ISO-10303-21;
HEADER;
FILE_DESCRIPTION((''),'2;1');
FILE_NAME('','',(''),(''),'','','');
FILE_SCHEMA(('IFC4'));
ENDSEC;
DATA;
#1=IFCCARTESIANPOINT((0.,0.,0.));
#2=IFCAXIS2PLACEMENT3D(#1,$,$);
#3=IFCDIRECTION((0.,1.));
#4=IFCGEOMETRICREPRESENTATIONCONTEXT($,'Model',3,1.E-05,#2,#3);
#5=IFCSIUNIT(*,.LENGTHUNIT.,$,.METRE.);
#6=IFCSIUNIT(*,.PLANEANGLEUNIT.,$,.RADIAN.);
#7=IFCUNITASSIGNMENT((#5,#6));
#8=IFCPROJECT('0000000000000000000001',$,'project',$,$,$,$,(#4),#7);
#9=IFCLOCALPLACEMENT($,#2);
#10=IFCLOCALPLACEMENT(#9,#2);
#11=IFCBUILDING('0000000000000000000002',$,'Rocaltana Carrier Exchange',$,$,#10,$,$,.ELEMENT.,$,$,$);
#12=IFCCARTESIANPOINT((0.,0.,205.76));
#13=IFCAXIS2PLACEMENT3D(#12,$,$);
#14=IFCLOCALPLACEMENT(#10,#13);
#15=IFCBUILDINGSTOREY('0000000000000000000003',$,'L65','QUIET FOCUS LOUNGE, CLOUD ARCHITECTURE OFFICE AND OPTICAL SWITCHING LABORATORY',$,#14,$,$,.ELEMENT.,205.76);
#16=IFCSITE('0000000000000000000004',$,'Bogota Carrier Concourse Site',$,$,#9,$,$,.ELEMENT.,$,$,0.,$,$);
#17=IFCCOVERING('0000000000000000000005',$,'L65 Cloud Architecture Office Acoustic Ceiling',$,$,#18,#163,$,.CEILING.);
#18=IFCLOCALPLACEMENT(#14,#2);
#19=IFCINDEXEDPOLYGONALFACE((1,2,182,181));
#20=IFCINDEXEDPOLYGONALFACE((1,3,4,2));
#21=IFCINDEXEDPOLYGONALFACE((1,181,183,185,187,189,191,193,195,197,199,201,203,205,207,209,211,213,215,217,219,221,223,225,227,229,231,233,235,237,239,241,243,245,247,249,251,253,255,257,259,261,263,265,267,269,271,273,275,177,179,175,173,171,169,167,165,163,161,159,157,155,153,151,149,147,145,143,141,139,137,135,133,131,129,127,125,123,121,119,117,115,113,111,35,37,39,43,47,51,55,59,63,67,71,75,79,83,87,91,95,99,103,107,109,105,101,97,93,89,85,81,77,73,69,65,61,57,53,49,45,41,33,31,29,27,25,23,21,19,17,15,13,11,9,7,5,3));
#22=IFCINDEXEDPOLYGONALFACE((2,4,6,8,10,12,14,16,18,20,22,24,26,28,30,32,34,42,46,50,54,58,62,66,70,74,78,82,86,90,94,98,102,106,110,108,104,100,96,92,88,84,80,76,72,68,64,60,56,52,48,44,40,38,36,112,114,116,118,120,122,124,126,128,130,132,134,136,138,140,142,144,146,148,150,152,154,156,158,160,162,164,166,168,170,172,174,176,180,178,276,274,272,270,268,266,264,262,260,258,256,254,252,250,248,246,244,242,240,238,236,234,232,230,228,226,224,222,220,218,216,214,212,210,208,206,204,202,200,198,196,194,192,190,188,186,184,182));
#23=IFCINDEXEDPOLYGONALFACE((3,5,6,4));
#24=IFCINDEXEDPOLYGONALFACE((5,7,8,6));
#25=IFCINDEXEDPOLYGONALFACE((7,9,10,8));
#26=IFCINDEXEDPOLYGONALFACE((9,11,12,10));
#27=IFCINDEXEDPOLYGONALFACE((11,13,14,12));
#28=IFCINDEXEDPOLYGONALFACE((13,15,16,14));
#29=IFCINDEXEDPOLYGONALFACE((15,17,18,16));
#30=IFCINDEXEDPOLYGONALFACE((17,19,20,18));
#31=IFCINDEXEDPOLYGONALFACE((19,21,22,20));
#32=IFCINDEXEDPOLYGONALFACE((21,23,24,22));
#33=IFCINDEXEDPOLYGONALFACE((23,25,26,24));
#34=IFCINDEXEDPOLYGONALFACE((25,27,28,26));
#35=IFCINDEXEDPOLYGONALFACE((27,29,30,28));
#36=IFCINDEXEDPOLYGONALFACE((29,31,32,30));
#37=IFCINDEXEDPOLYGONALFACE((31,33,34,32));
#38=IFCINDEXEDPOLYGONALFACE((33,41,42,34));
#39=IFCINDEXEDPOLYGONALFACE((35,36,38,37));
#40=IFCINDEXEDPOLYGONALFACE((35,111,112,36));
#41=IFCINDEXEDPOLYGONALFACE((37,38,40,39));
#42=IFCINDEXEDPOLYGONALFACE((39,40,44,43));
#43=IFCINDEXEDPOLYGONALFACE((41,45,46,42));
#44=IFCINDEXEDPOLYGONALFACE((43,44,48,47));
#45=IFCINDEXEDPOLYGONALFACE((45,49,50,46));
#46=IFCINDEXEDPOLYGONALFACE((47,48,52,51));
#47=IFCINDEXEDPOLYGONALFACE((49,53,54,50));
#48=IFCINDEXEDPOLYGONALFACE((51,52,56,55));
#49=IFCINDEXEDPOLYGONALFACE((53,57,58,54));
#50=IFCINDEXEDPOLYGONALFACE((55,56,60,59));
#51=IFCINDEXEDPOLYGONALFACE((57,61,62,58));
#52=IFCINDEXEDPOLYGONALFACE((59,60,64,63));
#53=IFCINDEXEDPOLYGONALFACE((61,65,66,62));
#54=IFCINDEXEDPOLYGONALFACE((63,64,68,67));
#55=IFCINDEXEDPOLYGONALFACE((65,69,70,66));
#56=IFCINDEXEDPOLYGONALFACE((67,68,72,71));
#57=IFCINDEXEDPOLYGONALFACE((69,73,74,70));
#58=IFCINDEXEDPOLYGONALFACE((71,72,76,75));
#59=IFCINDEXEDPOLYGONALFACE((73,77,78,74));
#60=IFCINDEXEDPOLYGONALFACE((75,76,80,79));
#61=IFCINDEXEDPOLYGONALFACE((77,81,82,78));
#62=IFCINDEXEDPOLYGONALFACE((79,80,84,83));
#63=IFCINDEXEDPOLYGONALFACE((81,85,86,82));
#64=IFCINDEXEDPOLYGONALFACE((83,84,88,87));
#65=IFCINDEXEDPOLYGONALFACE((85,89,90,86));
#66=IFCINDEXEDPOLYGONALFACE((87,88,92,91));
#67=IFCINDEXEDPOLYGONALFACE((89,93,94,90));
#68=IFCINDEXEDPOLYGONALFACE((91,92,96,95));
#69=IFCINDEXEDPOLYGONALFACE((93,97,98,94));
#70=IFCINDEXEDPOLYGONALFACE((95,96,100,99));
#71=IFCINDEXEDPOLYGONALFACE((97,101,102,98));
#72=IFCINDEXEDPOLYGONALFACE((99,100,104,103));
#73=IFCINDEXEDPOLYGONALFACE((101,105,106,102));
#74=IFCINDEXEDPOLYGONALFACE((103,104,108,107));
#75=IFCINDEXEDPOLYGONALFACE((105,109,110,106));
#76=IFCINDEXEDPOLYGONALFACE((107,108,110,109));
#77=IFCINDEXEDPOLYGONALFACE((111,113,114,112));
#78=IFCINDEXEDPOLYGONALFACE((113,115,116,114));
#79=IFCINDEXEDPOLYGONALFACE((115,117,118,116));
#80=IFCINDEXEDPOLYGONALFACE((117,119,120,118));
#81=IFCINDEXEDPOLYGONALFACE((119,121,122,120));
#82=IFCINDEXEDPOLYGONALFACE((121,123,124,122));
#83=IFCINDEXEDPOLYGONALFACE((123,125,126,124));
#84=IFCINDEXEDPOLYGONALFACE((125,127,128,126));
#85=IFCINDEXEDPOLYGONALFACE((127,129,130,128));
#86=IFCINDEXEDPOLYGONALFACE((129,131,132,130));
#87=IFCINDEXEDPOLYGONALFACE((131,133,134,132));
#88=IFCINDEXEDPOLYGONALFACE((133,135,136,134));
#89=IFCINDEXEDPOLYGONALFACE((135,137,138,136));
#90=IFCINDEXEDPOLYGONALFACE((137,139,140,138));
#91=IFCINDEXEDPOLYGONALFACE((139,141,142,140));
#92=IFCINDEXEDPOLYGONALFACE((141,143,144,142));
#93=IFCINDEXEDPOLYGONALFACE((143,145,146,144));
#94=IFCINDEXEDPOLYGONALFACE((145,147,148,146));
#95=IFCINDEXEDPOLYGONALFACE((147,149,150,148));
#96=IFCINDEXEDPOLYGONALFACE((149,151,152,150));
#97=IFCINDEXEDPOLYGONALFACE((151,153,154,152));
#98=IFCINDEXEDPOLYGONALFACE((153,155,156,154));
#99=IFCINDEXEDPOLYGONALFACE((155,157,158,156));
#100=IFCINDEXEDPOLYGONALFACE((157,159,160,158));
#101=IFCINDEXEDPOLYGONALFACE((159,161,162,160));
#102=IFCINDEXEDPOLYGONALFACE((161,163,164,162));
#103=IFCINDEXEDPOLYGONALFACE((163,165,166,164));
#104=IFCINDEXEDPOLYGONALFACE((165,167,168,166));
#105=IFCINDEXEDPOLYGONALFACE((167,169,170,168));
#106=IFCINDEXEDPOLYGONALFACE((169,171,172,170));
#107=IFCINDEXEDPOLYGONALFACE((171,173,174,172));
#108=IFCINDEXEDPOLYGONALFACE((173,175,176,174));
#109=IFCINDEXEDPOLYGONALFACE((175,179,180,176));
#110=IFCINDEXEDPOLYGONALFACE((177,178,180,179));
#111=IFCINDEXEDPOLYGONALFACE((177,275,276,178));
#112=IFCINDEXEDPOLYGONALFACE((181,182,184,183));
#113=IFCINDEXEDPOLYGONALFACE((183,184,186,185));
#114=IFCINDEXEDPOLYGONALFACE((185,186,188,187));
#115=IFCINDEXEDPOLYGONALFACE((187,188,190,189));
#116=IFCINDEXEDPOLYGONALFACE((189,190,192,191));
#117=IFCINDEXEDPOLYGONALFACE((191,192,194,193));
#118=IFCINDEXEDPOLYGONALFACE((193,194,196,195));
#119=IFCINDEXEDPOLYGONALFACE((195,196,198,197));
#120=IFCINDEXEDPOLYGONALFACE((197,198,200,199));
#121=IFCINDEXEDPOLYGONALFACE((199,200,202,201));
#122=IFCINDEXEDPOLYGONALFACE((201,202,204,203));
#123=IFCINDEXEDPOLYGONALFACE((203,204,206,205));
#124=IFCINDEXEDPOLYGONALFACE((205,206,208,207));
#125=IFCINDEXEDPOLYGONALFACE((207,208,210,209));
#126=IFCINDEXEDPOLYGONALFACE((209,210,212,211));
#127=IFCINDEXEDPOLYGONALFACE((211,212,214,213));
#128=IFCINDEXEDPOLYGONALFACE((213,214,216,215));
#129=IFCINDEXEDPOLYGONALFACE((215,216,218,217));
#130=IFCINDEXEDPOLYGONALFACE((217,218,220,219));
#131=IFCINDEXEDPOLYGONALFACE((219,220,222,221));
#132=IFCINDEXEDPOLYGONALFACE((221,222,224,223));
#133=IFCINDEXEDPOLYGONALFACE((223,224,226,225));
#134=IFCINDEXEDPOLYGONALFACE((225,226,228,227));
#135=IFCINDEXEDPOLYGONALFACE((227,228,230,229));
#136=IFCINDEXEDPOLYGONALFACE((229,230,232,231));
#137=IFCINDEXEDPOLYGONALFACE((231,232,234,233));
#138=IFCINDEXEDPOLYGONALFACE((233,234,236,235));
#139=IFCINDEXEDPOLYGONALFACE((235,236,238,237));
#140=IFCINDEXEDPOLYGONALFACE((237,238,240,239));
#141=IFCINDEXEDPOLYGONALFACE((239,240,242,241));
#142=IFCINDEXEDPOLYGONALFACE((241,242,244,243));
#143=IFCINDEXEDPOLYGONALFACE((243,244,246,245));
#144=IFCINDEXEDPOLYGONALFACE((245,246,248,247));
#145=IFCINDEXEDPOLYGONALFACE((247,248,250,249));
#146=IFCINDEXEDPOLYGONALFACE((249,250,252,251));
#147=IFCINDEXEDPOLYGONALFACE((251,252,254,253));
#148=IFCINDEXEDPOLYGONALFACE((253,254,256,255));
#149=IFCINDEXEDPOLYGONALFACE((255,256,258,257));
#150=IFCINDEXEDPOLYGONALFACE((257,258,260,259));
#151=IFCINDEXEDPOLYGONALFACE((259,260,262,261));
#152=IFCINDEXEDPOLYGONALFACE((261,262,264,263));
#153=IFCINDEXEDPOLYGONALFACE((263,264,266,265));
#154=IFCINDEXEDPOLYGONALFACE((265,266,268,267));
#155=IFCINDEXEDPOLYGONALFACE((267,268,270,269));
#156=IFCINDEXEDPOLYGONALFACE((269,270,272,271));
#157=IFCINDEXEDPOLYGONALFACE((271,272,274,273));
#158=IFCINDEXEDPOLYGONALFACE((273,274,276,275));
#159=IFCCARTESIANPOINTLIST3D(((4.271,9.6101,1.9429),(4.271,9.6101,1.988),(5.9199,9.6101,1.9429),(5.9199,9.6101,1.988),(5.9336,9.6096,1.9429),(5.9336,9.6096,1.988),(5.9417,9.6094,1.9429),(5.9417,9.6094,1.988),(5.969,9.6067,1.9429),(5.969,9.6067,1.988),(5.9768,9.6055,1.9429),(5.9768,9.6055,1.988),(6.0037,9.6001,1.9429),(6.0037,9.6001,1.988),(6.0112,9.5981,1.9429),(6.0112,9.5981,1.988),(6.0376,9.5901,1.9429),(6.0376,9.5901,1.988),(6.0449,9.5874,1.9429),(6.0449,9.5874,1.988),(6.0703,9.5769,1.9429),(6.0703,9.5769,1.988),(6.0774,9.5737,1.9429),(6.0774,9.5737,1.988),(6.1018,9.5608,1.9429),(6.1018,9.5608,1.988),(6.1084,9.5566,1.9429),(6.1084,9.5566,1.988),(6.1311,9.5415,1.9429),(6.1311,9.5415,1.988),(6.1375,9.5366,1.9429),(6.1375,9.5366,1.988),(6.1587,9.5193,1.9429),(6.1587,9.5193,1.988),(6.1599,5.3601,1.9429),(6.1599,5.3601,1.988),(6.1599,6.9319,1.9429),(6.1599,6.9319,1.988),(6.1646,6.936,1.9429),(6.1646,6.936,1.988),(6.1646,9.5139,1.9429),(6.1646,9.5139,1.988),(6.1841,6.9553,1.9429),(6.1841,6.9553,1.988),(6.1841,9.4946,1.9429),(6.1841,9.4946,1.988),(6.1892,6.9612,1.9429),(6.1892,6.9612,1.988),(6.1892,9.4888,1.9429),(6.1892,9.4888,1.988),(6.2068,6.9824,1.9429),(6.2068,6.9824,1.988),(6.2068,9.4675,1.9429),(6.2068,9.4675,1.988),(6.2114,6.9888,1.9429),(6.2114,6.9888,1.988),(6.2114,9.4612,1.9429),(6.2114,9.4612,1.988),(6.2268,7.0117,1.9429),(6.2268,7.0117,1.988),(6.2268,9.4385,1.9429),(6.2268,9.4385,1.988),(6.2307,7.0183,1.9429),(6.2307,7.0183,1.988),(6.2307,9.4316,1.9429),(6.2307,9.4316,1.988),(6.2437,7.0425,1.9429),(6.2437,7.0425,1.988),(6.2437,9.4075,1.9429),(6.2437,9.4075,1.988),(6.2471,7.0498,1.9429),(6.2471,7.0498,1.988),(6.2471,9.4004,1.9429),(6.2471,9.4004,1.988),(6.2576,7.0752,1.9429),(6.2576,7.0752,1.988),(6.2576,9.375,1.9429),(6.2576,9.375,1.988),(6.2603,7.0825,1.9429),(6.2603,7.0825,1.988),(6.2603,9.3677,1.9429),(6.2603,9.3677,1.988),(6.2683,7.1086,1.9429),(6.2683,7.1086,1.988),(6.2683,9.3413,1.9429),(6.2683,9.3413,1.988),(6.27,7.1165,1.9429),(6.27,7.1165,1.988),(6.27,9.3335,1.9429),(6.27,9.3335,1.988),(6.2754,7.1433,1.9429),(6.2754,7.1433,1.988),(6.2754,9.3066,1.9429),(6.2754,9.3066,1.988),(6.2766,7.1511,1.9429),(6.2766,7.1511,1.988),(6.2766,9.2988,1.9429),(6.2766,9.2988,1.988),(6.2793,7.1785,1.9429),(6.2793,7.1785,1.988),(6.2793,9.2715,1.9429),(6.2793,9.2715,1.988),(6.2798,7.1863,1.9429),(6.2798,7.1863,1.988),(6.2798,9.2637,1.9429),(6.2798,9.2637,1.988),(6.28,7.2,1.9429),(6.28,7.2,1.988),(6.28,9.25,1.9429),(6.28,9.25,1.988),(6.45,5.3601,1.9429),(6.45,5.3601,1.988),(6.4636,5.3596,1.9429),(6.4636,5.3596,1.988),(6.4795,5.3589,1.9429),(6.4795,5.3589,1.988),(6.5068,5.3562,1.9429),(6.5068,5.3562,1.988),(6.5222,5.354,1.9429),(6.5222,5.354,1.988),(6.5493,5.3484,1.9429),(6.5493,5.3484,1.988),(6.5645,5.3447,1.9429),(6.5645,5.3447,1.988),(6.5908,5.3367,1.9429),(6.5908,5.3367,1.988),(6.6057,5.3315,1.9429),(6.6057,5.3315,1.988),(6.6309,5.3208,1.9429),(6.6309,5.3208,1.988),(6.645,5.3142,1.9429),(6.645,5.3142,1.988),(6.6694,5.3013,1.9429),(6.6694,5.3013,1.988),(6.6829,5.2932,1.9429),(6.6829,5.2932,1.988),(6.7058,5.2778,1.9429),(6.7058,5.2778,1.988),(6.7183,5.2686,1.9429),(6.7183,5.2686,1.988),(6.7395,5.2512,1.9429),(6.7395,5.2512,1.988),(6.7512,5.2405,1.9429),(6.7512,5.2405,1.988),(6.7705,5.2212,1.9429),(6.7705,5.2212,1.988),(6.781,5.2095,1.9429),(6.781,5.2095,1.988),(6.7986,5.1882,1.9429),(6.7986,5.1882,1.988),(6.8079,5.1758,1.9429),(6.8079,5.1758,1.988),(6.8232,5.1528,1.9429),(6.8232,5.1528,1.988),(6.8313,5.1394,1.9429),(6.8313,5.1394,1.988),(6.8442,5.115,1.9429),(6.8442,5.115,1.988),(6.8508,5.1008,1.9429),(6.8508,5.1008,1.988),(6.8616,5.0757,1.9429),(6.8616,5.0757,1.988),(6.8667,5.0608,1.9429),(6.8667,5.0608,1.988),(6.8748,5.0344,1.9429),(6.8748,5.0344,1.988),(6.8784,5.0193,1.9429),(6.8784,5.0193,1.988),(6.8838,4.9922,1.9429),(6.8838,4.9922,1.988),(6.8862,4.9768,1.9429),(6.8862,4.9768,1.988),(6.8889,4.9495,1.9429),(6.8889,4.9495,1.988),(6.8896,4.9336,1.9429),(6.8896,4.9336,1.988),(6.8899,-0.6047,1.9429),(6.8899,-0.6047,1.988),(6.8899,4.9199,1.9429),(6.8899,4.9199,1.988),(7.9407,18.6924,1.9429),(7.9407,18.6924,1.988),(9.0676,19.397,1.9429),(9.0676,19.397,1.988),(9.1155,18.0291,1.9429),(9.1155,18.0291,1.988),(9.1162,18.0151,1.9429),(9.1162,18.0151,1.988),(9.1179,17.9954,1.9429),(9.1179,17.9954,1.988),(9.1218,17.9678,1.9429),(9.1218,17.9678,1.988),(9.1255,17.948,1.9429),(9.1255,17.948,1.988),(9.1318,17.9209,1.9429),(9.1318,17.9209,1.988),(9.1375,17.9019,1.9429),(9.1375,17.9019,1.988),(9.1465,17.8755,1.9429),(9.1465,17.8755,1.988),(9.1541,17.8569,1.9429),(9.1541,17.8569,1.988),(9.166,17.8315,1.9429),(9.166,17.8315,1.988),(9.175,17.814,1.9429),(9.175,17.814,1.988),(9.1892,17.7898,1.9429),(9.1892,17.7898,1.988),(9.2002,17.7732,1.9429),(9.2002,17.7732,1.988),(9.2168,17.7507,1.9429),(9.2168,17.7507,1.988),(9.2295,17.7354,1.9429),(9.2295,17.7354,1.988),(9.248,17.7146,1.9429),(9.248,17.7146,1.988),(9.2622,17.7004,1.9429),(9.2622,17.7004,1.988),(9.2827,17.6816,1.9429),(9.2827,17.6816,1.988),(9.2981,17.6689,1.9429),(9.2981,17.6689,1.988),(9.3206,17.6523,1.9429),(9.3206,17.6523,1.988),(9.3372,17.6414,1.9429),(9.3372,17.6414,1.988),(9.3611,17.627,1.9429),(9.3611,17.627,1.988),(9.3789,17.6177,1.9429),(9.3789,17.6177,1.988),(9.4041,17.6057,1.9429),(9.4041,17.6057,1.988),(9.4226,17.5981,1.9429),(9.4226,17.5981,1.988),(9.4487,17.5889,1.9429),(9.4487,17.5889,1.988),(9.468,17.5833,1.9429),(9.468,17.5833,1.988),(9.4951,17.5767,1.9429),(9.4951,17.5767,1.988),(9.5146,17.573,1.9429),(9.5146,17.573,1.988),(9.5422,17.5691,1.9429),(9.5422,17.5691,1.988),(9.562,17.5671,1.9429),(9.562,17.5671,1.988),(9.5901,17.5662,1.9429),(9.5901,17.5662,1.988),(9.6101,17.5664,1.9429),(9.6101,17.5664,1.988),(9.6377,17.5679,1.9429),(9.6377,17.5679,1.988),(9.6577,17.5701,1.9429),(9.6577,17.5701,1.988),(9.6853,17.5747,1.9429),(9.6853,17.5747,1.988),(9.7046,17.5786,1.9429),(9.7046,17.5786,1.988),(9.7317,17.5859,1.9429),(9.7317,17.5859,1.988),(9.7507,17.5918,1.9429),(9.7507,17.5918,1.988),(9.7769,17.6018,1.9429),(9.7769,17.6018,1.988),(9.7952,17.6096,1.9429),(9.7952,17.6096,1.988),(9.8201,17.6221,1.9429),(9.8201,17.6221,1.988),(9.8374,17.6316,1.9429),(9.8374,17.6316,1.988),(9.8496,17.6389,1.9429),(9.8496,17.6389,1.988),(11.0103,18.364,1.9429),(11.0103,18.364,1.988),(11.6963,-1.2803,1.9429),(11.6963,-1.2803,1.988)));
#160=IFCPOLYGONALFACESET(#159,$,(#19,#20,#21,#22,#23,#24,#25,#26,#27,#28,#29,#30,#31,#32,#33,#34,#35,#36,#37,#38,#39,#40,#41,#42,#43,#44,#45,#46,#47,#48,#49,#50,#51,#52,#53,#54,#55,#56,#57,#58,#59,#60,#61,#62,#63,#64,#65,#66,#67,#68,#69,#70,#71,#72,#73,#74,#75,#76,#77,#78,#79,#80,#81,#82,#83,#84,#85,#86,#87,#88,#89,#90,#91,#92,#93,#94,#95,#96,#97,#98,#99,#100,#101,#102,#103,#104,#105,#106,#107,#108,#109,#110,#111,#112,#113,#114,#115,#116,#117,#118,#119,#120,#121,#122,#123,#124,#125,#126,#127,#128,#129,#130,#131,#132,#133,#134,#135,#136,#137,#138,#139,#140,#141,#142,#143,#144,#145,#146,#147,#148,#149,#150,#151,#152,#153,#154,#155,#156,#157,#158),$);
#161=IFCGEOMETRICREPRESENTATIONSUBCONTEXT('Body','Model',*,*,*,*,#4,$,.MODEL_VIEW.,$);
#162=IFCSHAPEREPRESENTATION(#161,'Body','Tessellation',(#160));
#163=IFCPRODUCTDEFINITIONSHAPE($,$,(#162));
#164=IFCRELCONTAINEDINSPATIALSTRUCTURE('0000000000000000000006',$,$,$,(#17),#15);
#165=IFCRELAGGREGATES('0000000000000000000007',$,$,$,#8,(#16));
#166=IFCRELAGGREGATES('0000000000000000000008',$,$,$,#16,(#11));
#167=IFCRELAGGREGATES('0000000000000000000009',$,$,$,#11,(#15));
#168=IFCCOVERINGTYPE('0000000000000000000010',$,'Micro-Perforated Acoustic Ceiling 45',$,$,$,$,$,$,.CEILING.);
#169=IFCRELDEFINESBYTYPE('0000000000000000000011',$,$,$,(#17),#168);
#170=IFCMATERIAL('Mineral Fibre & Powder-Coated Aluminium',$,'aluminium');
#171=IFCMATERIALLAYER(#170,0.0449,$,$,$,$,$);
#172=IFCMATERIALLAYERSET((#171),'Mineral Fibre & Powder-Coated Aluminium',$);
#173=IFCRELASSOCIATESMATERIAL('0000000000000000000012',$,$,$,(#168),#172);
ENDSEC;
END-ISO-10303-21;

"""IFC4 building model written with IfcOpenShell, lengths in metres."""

from ifc_helpers import new_model, si_unit, direction, frame, origin, place, context, subcontext, project, spatial, polyline, outline, extrude, material, layer, layer_set, type_object, element, save


model = new_model("IFC4")

# Units and contexts
model_context = context("Model", 3, precision=1e-05, world=origin(), true_north=direction((0.0, 1.0)))
body_context = subcontext(model_context, "Body", "Model", "MODEL_VIEW")
ifc_project = project(units=[si_unit("LENGTHUNIT", "METRE"), si_unit("PLANEANGLEUNIT", "RADIAN")], contexts=[model_context])

# Site, building, storey
site_placement = place(None, origin())
site = spatial("IfcSite", under=ifc_project, at=site_placement, Name="Bogota Carrier Concourse Site", CompositionType="ELEMENT", RefElevation=0.0)
building_placement = place(site_placement, origin())
building = spatial("IfcBuilding", under=site, at=building_placement, Name="Rocaltana Carrier Exchange", CompositionType="ELEMENT")
storey_placement = place(building_placement, frame((0.0, 0.0, 205.76)))
storey = spatial("IfcBuildingStorey", under=building, at=storey_placement, Name="L65", Description="QUIET FOCUS LOUNGE, CLOUD ARCHITECTURE OFFICE AND OPTICAL SWITCHING LABORATORY", CompositionType="ELEMENT", Elevation=205.76)

# Covering
ifc_material_1 = material(Name="Mineral Fibre & Powder-Coated Aluminium", Category="aluminium")
ifc_layer_1 = layer(ifc_material_1, 0.0449)
ifc_layer_set_1 = layer_set([ifc_layer_1], Name="Mineral Fibre & Powder-Coated Aluminium")
covering_type_1 = type_object("IfcCoveringType", Name="Micro-Perforated Acoustic Ceiling 45", PredefinedType="CEILING", material=ifc_layer_set_1)
covering_1_placement = place(storey_placement, frame((0.0, 0.0, 1.9429)))
element("IfcCovering", 1, at=covering_1_placement, inside=storey, type_object=covering_type_1, Name="L65 Cloud Architecture Office Acoustic Ceiling", PredefinedType="CEILING", context=body_context, shape_type="SweptSolid", body=[
    extrude(outline(polyline([(6.1599, 6.9319), (6.1646, 6.936), (6.1841, 6.9553), (6.1892, 6.9612), (6.2068, 6.9824), (6.2114, 6.9888), (6.2268, 7.0117), (6.2307, 7.0183), (6.2437, 7.0425), (6.2471, 7.0498), (6.2576, 7.0752), (6.2603, 7.0825), (6.2683, 7.1086), (6.27, 7.1165), (6.2754, 7.1433), (6.2766, 7.1511), (6.2793, 7.1785), (6.2798, 7.1863), (6.28, 7.2), (6.28, 9.25), (6.2798, 9.2637), (6.2793, 9.2715), (6.2766, 9.2988), (6.2754, 9.3066), (6.27, 9.3335), (6.2683, 9.3413), (6.2603, 9.3677), (6.2576, 9.375), (6.2471, 9.4004), (6.2437, 9.4075), (6.2307, 9.4316), (6.2268, 9.4385), (6.2114, 9.4612), (6.2068, 9.4675), (6.1892, 9.4888), (6.1841, 9.4946), (6.1646, 9.5139), (6.1587, 9.5193), (6.1375, 9.5366), (6.1311, 9.5415), (6.1084, 9.5566), (6.1018, 9.5608), (6.0774, 9.5737), (6.0703, 9.5769), (6.0449, 9.5874), (6.0376, 9.5901), (6.0112, 9.5981), (6.0037, 9.6001), (5.9768, 9.6055), (5.969, 9.6067), (5.9417, 9.6094), (5.9336, 9.6096), (5.9199, 9.6101), (4.271, 9.6101), (7.9407, 18.6924), (9.0676, 19.397), (9.1155, 18.0291), (9.1162, 18.0151), (9.1179, 17.9954), (9.1218, 17.9678), (9.1255, 17.948), (9.1318, 17.9209), (9.1375, 17.9019), (9.1465, 17.8755), (9.1541, 17.8569), (9.166, 17.8315), (9.175, 17.814), (9.1892, 17.7898), (9.2002, 17.7732), (9.2168, 17.7507), (9.2295, 17.7354), (9.248, 17.7146), (9.2622, 17.7004), (9.2827, 17.6816), (9.2981, 17.6689), (9.3206, 17.6523), (9.3372, 17.6414), (9.3611, 17.627), (9.3789, 17.6177), (9.4041, 17.6057), (9.4226, 17.5981), (9.4487, 17.5889), (9.468, 17.5833), (9.4951, 17.5767), (9.5146, 17.573), (9.5422, 17.5691), (9.562, 17.5671), (9.5901, 17.5662), (9.6101, 17.5664), (9.6377, 17.5679), (9.6577, 17.5701), (9.6853, 17.5747), (9.7046, 17.5786), (9.7317, 17.5859), (9.7507, 17.5918), (9.7769, 17.6018), (9.7952, 17.6096), (9.8201, 17.6221), (9.8374, 17.6316), (9.8496, 17.6389), (11.0103, 18.364), (11.6963, -1.2803), (6.8899, -0.6047), (6.8899, 4.9199), (6.8896, 4.9336), (6.8889, 4.9495), (6.8862, 4.9768), (6.8838, 4.9922), (6.8784, 5.0193), (6.8748, 5.0344), (6.8667, 5.0608), (6.8616, 5.0757), (6.8508, 5.1008), (6.8442, 5.115), (6.8313, 5.1394), (6.8232, 5.1528), (6.8079, 5.1758), (6.7986, 5.1882), (6.781, 5.2095), (6.7705, 5.2212), (6.7512, 5.2405), (6.7395, 5.2512), (6.7183, 5.2686), (6.7058, 5.2778), (6.6829, 5.2932), (6.6694, 5.3013), (6.645, 5.3142), (6.6309, 5.3208), (6.6057, 5.3315), (6.5908, 5.3367), (6.5645, 5.3447), (6.5493, 5.3484), (6.5222, 5.354), (6.5068, 5.3562), (6.4795, 5.3589), (6.4636, 5.3596), (6.45, 5.3601), (6.1599, 5.3601), (6.1599, 6.9319)])), origin(), (0.0, 0.0, 1.0), 0.0452),
])

save(model, "model.ifc")
